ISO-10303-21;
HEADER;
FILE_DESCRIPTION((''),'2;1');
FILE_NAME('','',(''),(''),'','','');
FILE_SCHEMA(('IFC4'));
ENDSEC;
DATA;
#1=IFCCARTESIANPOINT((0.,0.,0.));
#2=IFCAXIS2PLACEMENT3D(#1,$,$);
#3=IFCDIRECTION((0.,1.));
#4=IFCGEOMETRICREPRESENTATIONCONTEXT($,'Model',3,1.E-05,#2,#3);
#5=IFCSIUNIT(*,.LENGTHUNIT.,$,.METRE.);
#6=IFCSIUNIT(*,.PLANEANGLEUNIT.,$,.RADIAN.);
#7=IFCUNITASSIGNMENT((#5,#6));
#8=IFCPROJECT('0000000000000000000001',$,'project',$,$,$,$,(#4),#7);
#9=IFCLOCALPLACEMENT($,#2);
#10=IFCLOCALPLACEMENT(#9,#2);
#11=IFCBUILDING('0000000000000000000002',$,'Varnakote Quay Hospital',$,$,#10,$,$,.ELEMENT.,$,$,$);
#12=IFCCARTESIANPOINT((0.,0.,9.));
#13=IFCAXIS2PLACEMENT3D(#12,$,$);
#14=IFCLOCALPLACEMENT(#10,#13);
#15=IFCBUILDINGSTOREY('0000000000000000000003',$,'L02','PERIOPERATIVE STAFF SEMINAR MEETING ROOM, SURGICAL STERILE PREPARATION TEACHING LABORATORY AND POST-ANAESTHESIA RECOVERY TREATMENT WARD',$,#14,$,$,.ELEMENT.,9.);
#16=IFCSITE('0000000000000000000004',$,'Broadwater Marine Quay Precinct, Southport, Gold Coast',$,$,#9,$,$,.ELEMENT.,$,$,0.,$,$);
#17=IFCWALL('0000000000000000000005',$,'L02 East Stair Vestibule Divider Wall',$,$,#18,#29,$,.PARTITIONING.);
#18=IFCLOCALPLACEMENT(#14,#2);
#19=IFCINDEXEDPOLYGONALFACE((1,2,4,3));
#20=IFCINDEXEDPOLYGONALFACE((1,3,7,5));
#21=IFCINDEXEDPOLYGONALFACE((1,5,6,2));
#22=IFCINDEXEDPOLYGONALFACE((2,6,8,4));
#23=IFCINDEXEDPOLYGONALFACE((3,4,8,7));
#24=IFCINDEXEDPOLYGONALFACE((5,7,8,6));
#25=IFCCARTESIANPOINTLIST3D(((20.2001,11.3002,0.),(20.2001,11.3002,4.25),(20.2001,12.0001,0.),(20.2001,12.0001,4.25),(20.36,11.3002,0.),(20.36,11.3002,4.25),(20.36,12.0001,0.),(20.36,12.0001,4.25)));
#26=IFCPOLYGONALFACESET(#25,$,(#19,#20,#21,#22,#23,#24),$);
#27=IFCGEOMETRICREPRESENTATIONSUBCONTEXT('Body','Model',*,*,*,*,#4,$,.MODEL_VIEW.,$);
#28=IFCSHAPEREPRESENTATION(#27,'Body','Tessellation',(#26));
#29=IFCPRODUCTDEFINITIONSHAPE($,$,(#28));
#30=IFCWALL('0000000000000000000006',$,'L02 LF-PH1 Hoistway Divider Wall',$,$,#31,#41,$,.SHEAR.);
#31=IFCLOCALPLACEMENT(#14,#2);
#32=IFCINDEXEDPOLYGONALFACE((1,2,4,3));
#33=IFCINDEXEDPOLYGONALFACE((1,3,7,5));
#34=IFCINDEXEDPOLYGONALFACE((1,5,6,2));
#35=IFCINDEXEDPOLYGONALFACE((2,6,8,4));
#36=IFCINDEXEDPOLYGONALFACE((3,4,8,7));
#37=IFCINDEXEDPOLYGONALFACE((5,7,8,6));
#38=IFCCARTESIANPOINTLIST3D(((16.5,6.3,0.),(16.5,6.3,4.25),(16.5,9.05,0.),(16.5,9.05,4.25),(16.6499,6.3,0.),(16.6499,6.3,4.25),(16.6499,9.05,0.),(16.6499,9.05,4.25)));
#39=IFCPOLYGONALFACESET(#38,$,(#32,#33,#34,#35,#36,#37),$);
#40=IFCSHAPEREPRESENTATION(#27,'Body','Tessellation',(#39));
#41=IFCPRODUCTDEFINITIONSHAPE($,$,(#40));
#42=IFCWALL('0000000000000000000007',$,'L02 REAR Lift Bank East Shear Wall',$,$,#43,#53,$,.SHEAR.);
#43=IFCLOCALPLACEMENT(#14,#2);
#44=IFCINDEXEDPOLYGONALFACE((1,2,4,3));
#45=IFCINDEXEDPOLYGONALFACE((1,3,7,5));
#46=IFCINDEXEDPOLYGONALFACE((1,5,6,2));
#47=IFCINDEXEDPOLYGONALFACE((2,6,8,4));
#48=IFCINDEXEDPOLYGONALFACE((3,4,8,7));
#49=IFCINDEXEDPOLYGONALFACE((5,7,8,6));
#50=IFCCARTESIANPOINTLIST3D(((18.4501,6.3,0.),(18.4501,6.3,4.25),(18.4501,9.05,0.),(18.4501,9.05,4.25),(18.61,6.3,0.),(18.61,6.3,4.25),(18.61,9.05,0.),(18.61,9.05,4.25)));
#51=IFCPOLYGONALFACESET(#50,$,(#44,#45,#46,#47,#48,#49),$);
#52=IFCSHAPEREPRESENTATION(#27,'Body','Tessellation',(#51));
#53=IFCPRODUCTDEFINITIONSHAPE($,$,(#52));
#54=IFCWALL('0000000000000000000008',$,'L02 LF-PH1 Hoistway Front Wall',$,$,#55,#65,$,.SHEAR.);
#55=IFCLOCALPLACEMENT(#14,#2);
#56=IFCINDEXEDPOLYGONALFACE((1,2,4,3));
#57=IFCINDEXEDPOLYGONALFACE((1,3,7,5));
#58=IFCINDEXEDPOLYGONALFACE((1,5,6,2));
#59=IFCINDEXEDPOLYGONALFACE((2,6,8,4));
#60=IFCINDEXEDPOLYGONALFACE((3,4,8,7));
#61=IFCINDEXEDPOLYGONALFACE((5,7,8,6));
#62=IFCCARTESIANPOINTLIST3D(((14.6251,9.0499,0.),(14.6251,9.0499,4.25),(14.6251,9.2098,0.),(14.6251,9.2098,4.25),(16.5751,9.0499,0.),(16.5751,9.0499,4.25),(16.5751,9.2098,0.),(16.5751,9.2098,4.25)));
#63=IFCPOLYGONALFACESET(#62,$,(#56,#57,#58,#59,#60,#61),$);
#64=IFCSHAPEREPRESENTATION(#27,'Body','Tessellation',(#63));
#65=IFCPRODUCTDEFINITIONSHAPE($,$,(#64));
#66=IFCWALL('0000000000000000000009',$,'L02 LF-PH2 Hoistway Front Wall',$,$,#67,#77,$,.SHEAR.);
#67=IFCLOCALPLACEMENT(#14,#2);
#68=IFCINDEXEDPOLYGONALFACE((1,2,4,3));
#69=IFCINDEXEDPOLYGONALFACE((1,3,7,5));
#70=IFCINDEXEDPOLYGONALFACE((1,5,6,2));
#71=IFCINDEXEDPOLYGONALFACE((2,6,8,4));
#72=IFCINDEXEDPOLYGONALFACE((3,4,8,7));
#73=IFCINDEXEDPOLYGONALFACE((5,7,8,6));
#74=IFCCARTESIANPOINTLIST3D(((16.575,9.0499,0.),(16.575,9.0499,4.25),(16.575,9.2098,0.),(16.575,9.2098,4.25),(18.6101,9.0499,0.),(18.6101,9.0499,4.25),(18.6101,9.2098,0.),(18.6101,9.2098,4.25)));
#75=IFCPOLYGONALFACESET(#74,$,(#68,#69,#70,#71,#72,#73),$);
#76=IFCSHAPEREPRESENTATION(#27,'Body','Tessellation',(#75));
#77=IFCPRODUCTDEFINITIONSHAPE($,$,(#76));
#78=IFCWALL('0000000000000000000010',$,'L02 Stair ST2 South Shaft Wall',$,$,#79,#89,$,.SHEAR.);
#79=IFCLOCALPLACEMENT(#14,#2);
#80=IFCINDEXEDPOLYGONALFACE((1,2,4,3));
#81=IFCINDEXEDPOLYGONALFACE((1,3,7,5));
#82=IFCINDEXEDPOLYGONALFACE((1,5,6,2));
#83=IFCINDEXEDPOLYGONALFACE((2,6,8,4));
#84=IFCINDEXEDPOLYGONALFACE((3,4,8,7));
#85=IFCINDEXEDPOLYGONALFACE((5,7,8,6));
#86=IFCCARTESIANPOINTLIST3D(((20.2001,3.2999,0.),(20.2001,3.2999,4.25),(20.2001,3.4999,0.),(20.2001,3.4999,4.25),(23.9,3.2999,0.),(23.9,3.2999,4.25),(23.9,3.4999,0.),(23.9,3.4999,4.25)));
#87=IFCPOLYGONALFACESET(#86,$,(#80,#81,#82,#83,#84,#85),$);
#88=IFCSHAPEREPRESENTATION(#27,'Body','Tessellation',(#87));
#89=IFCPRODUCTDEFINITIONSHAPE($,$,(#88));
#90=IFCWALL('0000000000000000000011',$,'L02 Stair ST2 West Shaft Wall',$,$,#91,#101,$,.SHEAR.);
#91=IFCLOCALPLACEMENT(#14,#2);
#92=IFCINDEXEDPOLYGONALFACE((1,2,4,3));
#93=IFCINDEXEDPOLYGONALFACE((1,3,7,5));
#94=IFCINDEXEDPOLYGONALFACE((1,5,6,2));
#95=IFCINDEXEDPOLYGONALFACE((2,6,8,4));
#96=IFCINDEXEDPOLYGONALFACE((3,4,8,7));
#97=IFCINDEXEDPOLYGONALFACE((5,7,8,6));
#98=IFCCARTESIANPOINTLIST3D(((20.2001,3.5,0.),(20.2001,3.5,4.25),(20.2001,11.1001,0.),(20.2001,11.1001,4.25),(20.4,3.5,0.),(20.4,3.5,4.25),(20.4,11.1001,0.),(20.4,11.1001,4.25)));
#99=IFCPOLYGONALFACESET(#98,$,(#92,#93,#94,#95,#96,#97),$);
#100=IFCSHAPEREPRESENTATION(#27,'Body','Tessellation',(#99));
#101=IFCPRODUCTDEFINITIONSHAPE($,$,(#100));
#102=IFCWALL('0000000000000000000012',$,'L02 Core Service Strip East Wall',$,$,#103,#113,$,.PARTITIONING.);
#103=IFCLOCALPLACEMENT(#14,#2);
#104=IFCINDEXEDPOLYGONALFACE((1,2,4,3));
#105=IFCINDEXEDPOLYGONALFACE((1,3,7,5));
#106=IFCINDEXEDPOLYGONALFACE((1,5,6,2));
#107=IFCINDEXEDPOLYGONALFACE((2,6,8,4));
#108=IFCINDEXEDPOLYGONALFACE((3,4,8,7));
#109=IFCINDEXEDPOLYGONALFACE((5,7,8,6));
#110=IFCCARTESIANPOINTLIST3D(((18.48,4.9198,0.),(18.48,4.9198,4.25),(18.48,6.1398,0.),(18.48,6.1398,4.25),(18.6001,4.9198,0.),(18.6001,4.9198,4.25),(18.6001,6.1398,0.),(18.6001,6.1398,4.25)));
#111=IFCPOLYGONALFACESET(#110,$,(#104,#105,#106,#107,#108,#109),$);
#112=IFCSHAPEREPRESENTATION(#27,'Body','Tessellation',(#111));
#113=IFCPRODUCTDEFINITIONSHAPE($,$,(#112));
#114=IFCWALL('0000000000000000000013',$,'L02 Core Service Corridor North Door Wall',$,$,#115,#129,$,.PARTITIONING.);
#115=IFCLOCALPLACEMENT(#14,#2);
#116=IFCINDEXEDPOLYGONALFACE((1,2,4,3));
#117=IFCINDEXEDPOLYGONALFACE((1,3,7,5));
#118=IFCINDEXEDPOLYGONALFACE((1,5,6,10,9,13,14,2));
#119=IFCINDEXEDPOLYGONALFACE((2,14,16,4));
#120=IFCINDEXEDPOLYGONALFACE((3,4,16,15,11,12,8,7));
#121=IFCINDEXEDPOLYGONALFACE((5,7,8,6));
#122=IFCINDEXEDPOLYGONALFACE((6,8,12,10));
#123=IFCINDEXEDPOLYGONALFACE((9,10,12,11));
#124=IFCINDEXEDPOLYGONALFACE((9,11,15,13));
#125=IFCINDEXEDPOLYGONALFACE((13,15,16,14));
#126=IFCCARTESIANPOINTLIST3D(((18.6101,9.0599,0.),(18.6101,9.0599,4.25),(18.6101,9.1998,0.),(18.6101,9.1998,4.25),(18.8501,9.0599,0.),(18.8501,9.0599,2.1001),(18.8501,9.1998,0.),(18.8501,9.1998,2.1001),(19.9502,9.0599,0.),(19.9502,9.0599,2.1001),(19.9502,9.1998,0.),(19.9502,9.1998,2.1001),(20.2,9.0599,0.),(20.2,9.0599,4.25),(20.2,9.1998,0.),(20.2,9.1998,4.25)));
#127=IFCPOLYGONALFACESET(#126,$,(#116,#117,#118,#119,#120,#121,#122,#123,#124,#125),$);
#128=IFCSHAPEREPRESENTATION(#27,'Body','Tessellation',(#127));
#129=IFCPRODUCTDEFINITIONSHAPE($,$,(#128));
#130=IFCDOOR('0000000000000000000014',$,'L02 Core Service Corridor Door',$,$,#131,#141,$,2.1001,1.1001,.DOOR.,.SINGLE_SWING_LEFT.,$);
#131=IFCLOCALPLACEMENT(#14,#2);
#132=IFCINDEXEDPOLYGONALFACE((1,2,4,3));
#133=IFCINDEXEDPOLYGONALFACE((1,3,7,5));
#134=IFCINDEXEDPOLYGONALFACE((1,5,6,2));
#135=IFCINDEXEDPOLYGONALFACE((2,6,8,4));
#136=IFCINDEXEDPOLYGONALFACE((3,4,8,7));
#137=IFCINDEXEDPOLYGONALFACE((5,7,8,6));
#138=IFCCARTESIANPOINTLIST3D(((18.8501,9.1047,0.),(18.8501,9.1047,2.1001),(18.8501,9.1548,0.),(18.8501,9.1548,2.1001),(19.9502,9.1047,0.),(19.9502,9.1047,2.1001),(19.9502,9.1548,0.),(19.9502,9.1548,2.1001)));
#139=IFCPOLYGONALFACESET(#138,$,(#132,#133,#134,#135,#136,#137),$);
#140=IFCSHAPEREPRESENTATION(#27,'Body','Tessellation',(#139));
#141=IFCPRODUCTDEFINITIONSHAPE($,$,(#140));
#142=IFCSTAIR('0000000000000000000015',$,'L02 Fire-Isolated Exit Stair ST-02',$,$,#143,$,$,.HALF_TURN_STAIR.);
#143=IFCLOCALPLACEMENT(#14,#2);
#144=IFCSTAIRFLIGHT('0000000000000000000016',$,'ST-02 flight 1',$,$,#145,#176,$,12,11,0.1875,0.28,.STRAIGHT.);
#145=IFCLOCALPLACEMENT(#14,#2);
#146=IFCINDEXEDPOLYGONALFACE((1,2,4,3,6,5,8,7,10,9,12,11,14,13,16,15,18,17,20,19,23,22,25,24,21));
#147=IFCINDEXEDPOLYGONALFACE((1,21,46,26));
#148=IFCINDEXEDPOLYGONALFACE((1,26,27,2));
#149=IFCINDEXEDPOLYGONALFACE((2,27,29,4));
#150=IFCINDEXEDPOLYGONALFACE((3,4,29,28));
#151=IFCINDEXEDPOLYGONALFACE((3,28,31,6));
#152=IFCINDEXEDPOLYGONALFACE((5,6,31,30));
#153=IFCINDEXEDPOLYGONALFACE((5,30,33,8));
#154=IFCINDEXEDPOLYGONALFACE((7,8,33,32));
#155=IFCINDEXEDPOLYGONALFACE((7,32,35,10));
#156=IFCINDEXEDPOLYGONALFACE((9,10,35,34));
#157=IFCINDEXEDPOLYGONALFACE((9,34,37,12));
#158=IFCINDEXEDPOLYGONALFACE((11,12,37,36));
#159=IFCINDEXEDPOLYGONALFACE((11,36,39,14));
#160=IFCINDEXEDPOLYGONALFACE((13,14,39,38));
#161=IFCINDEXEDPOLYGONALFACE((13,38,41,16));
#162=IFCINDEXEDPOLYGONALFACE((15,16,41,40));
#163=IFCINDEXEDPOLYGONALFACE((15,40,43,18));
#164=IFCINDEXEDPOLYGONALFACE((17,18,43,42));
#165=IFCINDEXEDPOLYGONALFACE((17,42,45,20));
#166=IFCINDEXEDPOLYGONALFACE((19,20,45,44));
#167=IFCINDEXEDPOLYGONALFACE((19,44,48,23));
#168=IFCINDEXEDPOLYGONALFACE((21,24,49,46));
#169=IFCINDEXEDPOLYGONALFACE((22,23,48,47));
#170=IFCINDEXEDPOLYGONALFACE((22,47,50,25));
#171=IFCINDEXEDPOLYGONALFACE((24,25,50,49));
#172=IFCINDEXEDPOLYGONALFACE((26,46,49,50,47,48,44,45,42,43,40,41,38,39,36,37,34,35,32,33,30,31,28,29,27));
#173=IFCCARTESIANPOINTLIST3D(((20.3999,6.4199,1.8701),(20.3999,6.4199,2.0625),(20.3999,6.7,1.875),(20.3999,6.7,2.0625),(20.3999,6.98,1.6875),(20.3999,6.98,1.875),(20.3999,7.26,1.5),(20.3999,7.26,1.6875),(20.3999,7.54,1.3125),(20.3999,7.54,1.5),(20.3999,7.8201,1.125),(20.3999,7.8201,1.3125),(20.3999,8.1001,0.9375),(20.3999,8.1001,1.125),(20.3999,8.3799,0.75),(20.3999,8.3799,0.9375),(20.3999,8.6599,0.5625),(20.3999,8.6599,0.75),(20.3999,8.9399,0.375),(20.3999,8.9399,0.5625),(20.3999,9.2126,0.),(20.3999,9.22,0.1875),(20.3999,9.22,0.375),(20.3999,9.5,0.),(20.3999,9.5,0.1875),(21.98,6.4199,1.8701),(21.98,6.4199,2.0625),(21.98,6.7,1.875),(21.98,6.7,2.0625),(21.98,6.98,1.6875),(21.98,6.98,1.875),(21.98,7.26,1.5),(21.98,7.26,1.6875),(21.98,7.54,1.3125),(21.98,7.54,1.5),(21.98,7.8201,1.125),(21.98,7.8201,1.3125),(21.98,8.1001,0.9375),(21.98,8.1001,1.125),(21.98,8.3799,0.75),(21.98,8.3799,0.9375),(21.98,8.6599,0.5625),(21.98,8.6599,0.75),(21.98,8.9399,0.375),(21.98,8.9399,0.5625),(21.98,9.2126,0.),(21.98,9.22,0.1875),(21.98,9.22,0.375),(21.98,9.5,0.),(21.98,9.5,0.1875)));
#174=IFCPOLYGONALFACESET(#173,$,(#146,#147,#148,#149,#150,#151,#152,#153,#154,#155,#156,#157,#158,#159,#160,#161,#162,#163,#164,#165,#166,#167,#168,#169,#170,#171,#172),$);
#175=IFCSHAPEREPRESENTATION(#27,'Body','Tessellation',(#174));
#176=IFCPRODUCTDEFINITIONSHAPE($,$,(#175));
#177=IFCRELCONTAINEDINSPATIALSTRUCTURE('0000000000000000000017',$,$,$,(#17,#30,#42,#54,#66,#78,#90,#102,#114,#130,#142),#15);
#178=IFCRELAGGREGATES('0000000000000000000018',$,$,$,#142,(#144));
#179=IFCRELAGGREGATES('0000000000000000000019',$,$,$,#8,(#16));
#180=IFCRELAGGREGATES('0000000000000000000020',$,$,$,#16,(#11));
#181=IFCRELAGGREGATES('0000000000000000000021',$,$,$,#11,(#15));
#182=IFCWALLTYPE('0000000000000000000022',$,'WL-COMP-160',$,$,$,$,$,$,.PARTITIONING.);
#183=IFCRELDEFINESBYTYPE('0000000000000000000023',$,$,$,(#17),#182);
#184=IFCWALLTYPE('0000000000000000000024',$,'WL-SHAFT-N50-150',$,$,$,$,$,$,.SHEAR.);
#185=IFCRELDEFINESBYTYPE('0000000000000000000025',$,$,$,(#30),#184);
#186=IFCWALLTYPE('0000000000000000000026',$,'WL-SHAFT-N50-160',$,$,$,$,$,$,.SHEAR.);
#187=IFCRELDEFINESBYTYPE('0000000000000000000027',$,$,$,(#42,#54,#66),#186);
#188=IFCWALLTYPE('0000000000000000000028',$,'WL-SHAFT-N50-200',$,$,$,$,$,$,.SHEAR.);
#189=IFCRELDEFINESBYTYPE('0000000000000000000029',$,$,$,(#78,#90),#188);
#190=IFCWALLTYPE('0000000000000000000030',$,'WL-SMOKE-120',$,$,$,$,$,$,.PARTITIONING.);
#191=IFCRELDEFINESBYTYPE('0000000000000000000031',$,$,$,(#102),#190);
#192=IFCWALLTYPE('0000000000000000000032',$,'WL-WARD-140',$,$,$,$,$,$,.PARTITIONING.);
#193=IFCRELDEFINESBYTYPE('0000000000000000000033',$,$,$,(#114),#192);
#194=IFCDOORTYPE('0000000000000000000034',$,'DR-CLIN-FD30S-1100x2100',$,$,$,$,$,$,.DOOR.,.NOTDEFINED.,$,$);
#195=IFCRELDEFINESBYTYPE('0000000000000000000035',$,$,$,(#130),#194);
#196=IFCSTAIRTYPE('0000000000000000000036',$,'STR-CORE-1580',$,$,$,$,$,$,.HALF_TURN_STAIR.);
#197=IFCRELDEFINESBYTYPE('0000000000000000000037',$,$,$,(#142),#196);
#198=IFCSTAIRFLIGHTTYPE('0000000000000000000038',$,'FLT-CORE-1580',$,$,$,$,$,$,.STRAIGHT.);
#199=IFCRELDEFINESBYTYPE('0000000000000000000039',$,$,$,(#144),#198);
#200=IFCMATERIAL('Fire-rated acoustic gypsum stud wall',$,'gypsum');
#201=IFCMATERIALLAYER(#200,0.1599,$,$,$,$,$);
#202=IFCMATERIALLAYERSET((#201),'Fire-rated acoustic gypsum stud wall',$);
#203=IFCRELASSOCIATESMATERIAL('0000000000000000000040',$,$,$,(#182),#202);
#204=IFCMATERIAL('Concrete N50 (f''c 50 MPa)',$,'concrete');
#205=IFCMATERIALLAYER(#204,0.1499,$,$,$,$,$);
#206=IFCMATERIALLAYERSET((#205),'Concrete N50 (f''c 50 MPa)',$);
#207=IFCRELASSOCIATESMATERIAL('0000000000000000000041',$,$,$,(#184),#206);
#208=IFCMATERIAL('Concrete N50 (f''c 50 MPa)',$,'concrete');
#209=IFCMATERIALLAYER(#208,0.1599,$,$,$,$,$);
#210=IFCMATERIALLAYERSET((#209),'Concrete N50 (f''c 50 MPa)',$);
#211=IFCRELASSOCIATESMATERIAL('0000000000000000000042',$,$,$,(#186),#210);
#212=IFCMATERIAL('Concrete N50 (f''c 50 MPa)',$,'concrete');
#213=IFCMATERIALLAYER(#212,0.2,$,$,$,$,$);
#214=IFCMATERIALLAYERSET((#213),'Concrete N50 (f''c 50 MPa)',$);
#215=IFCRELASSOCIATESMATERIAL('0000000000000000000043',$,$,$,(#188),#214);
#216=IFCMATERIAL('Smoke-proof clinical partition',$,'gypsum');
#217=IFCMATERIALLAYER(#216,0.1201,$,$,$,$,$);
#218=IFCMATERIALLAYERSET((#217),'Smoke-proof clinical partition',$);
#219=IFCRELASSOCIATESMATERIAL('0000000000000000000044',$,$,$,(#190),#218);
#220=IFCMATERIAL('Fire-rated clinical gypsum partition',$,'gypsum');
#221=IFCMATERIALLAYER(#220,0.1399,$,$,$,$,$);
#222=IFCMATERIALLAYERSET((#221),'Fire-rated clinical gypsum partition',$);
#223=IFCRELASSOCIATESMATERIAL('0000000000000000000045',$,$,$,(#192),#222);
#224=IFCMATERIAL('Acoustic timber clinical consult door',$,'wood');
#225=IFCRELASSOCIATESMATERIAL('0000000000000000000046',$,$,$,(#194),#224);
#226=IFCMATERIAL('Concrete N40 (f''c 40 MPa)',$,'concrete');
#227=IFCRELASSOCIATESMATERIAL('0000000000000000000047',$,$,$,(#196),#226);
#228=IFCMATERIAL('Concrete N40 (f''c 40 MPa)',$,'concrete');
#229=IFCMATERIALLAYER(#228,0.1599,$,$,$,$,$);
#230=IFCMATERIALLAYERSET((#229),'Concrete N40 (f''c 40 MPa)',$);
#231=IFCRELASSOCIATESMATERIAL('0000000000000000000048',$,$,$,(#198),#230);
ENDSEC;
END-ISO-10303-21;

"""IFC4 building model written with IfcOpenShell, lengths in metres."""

from ifc_helpers import new_model, si_unit, direction, frame, frame_2d, origin, place, context, subcontext, project, spatial, polyline, rectangle, outline, extrude, material, layer, layer_set, type_object, element, fill, aggregate, save


model = new_model("IFC4")

# Units and contexts
model_context = context("Model", 3, precision=1e-05, world=origin(), true_north=direction((0.0, 1.0)))
body_context = subcontext(model_context, "Body", "Model", "MODEL_VIEW")
ifc_project = project(units=[si_unit("LENGTHUNIT", "METRE"), si_unit("PLANEANGLEUNIT", "RADIAN")], contexts=[model_context])

# Site, building, storey
site_placement = place(None, origin())
site = spatial("IfcSite", under=ifc_project, at=site_placement, Name="Broadwater Marine Quay Precinct, Southport, Gold Coast", CompositionType="ELEMENT", RefElevation=0.0)
building_placement = place(site_placement, origin())
building = spatial("IfcBuilding", under=site, at=building_placement, Name="Varnakote Quay Hospital", CompositionType="ELEMENT")
storey_placement = place(building_placement, frame((0.0, 0.0, 9.0)))
storey = spatial("IfcBuildingStorey", under=building, at=storey_placement, Name="L02", Description="PERIOPERATIVE STAFF SEMINAR MEETING ROOM, SURGICAL STERILE PREPARATION TEACHING LABORATORY AND POST-ANAESTHESIA RECOVERY TREATMENT WARD", CompositionType="ELEMENT", Elevation=9.0)

# Walls
ifc_material_1 = material(Name="Fire-rated acoustic gypsum stud wall", Category="gypsum")
ifc_layer_1 = layer(ifc_material_1, 0.1599)
ifc_layer_set_1 = layer_set([ifc_layer_1], Name="Fire-rated acoustic gypsum stud wall")
wall_type_1 = type_object("IfcWallType", Name="WL-COMP-160", PredefinedType="PARTITIONING", material=ifc_layer_set_1)
wall_1_placement = place(storey_placement, frame((20.28, 11.3, 0.0), z_axis=(0.0, 0.0, 1.0), x_axis=(0.0, 1.0, 0.0)))
element("IfcWall", 1, at=wall_1_placement, inside=storey, type_object=wall_type_1, Name="L02 East Stair Vestibule Divider Wall", PredefinedType="PARTITIONING", context=body_context, shape_type="SweptSolid", body=[
    extrude(rectangle(XDim=0.7, YDim=0.1599, at=frame_2d((0.3501, 0.0))), origin(), (0.0, 0.0, 1.0), 4.25),
])
ifc_material_2 = material(Name="Concrete N50 (f'c 50 MPa)", Category="concrete")
ifc_layer_2 = layer(ifc_material_2, 0.1499)
ifc_layer_set_2 = layer_set([ifc_layer_2], Name="Concrete N50 (f'c 50 MPa)")
wall_type_2 = type_object("IfcWallType", Name="WL-SHAFT-N50-150", PredefinedType="SHEAR", material=ifc_layer_set_2)
wall_2_placement = place(storey_placement, frame((16.575, 6.3, 0.0), z_axis=(0.0, 0.0, 1.0), x_axis=(0.0, 1.0, 0.0)))
element("IfcWall", 2, at=wall_2_placement, inside=storey, type_object=wall_type_2, Name="L02 LF-PH1 Hoistway Divider Wall", PredefinedType="SHEAR", context=body_context, shape_type="SweptSolid", body=[
    extrude(rectangle(XDim=2.75, YDim=0.1499, at=frame_2d((1.375, 0.0))), origin(), (0.0, 0.0, 1.0), 4.25),
])
ifc_material_3 = material(Name="Concrete N50 (f'c 50 MPa)", Category="concrete")
ifc_layer_3 = layer(ifc_material_3, 0.1599)
ifc_layer_set_3 = layer_set([ifc_layer_3], Name="Concrete N50 (f'c 50 MPa)")
wall_type_3 = type_object("IfcWallType", Name="WL-SHAFT-N50-160", PredefinedType="SHEAR", material=ifc_layer_set_3)
wall_3_placement = place(storey_placement, frame((18.53, 6.3, 0.0), z_axis=(0.0, 0.0, 1.0), x_axis=(0.0, 1.0, 0.0)))
element("IfcWall", 3, at=wall_3_placement, inside=storey, type_object=wall_type_3, Name="L02 REAR Lift Bank East Shear Wall", PredefinedType="SHEAR", context=body_context, shape_type="SweptSolid", body=[
    extrude(rectangle(XDim=2.75, YDim=0.1599, at=frame_2d((1.375, 0.0))), origin(), (0.0, 0.0, 1.0), 4.25),
])
wall_4_placement = place(storey_placement, frame((14.625, 9.1299, 0.0), z_axis=(0.0, 0.0, 1.0), x_axis=(1.0, 0.0, 0.0)))
element("IfcWall", 4, at=wall_4_placement, inside=storey, type_object=wall_type_3, Name="L02 LF-PH1 Hoistway Front Wall", PredefinedType="SHEAR", context=body_context, shape_type="SweptSolid", body=[
    extrude(rectangle(XDim=1.95, YDim=0.1599, at=frame_2d((0.9751, 0.0))), origin(), (0.0, 0.0, 1.0), 4.25),
])
wall_5_placement = place(storey_placement, frame((16.575, 9.1299, 0.0), z_axis=(0.0, 0.0, 1.0), x_axis=(1.0, 0.0, 0.0)))
element("IfcWall", 5, at=wall_5_placement, inside=storey, type_object=wall_type_3, Name="L02 LF-PH2 Hoistway Front Wall", PredefinedType="SHEAR", context=body_context, shape_type="SweptSolid", body=[
    extrude(rectangle(XDim=2.0352, YDim=0.1599, at=frame_2d((1.0176, 0.0))), origin(), (0.0, 0.0, 1.0), 4.25),
])
ifc_material_4 = material(Name="Concrete N50 (f'c 50 MPa)", Category="concrete")
ifc_layer_4 = layer(ifc_material_4, 0.2)
ifc_layer_set_4 = layer_set([ifc_layer_4], Name="Concrete N50 (f'c 50 MPa)")
wall_type_4 = type_object("IfcWallType", Name="WL-SHAFT-N50-200", PredefinedType="SHEAR", material=ifc_layer_set_4)
wall_6_placement = place(storey_placement, frame((20.2, 3.3999, 0.0), z_axis=(0.0, 0.0, 1.0), x_axis=(1.0, 0.0, 0.0)))
element("IfcWall", 6, at=wall_6_placement, inside=storey, type_object=wall_type_4, Name="L02 Stair ST2 South Shaft Wall", PredefinedType="SHEAR", context=body_context, shape_type="SweptSolid", body=[
    extrude(rectangle(XDim=3.7, YDim=0.2, at=frame_2d((1.8501, 0.0))), origin(), (0.0, 0.0, 1.0), 4.25),
])
wall_7_placement = place(storey_placement, frame((20.3, 3.5, 0.0), z_axis=(0.0, 0.0, 1.0), x_axis=(0.0, 1.0, 0.0)))
element("IfcWall", 7, at=wall_7_placement, inside=storey, type_object=wall_type_4, Name="L02 Stair ST2 West Shaft Wall", PredefinedType="SHEAR", context=body_context, shape_type="SweptSolid", body=[
    extrude(rectangle(XDim=7.6001, YDim=0.2, at=frame_2d((3.8, 0.0))), origin(), (0.0, 0.0, 1.0), 4.25),
])

# Wall
ifc_material_5 = material(Name="Smoke-proof clinical partition", Category="gypsum")
ifc_layer_5 = layer(ifc_material_5, 0.1201)
ifc_layer_set_5 = layer_set([ifc_layer_5], Name="Smoke-proof clinical partition")
wall_type_5 = type_object("IfcWallType", Name="WL-SMOKE-120", PredefinedType="PARTITIONING", material=ifc_layer_set_5)
wall_8_placement = place(storey_placement, frame((18.54, 4.9199, 0.0), z_axis=(0.0, 0.0, 1.0), x_axis=(0.0, 1.0, 0.0)))
element("IfcWall", 8, at=wall_8_placement, inside=storey, type_object=wall_type_5, Name="L02 Core Service Strip East Wall", PredefinedType="PARTITIONING", context=body_context, shape_type="SweptSolid", body=[
    extrude(rectangle(XDim=1.22, YDim=0.1201, at=frame_2d((0.6099, 0.0))), origin(), (0.0, 0.0, 1.0), 4.25),
])

# Wall, opening, door
ifc_material_6 = material(Name="Fire-rated clinical gypsum partition", Category="gypsum")
ifc_layer_6 = layer(ifc_material_6, 0.1399)
ifc_layer_set_6 = layer_set([ifc_layer_6], Name="Fire-rated clinical gypsum partition")
wall_type_6 = type_object("IfcWallType", Name="WL-WARD-140", PredefinedType="PARTITIONING", material=ifc_layer_set_6)
wall_9_placement = place(storey_placement, frame((18.6101, 9.1299, 0.0), z_axis=(0.0, 0.0, 1.0), x_axis=(1.0, 0.0, 0.0)))
wall_9 = element("IfcWall", 9, at=wall_9_placement, inside=storey, type_object=wall_type_6, Name="L02 Core Service Corridor North Door Wall", PredefinedType="PARTITIONING", context=body_context, shape_type="SweptSolid", body=[
    extrude(rectangle(XDim=1.5898, YDim=0.1399, at=frame_2d((0.7949, 0.0))), origin(), (0.0, 0.0, 1.0), 4.25),
])
opening_1_placement = place(wall_9_placement, frame((0.24, 0.0, 0.0)))
opening_1 = element("IfcOpeningElement", 10, at=opening_1_placement, cuts=wall_9, PredefinedType="OPENING", context=body_context, shape_type="SweptSolid", body=[
    extrude(rectangle(XDim=1.1001, YDim=2.1001, at=frame_2d((0.55, 1.05))), frame((0.0, 0.0798, 0.0), z_axis=(0.0, -1.0, 0.0), x_axis=(1.0, 0.0, 0.0)), (0.0, 0.0, 1.0), 0.1599),
])
ifc_material_7 = material(Name="Acoustic timber clinical consult door", Category="wood")
door_type_1 = type_object("IfcDoorType", Name="DR-CLIN-FD30S-1100x2100", OperationType="NOTDEFINED", PredefinedType="DOOR", material=ifc_material_7)
door_1_placement = place(opening_1_placement, origin())
door_1 = element("IfcDoor", 11, at=door_1_placement, inside=storey, type_object=door_type_1, Name="L02 Core Service Corridor Door", OperationType="SINGLE_SWING_LEFT", OverallHeight=2.1001, OverallWidth=1.1001, PredefinedType="DOOR", context=body_context, shape_type="SweptSolid", body=[
    extrude(rectangle(XDim=1.1001, YDim=2.1001, at=frame_2d((0.55, 1.05))), frame((0.0, 0.0249, 0.0), z_axis=(0.0, -1.0, 0.0), x_axis=(1.0, 0.0, 0.0)), (0.0, 0.0, 1.0), 0.05),
])
fill(opening_1, door_1)

# Stair, stair flight
ifc_material_8 = material(Name="Concrete N40 (f'c 40 MPa)", Category="concrete")
stair_type = type_object("IfcStairType", Name="STR-CORE-1580", PredefinedType="HALF_TURN_STAIR", material=ifc_material_8)
stair_placement = place(storey_placement, origin())
stair = element("IfcStair", 12, at=stair_placement, inside=storey, type_object=stair_type, Name="L02 Fire-Isolated Exit Stair ST-02", PredefinedType="HALF_TURN_STAIR")
ifc_material_9 = material(Name="Concrete N40 (f'c 40 MPa)", Category="concrete")
ifc_layer_7 = layer(ifc_material_9, 0.1599)
ifc_layer_set_7 = layer_set([ifc_layer_7], Name="Concrete N40 (f'c 40 MPa)")
stair_flight_type = type_object("IfcStairFlightType", Name="FLT-CORE-1580", PredefinedType="STRAIGHT", material=ifc_layer_set_7)
stair_flight_1_placement = place(storey_placement, frame((21.1899, 9.5, 0.0), z_axis=(0.0, 0.0, 1.0), x_axis=(0.0, -1.0, 0.0)))
stair_flight_1 = element("IfcStairFlight", 13, at=stair_flight_1_placement, type_object=stair_flight_type, Name="ST-02 flight 1", NumberOfRisers=12, NumberOfTreads=11, PredefinedType="STRAIGHT", RiserHeight=0.1875, TreadLength=0.28, context=body_context, shape_type="SweptSolid", body=[
    extrude(outline(polyline([(0.0, 0.0), (0.0, 0.1875), (0.28, 0.1875), (0.28, 0.375), (0.5601, 0.375), (0.5601, 0.5625), (0.8401, 0.5625), (0.8401, 0.75), (1.1201, 0.75), (1.1201, 0.9375), (1.3999, 0.9375), (1.3999, 1.125), (1.6799, 1.125), (1.6799, 1.3125), (1.96, 1.3125), (1.96, 1.5), (2.24, 1.5), (2.24, 1.6875), (2.52, 1.6875), (2.52, 1.875), (2.8, 1.875), (2.8, 2.0625), (3.0801, 2.0625), (3.0801, 2.25), (3.0801, 1.8701), (0.2874, 0.0), (0.0, 0.0)])), frame((0.0, 0.79, 0.0), z_axis=(0.0, -1.0, 0.0), x_axis=(1.0, 0.0, 0.0)), (0.0, 0.0, 1.0), 1.5801),
])
aggregate(stair, [stair_flight_1])

save(model, "model.ifc")
